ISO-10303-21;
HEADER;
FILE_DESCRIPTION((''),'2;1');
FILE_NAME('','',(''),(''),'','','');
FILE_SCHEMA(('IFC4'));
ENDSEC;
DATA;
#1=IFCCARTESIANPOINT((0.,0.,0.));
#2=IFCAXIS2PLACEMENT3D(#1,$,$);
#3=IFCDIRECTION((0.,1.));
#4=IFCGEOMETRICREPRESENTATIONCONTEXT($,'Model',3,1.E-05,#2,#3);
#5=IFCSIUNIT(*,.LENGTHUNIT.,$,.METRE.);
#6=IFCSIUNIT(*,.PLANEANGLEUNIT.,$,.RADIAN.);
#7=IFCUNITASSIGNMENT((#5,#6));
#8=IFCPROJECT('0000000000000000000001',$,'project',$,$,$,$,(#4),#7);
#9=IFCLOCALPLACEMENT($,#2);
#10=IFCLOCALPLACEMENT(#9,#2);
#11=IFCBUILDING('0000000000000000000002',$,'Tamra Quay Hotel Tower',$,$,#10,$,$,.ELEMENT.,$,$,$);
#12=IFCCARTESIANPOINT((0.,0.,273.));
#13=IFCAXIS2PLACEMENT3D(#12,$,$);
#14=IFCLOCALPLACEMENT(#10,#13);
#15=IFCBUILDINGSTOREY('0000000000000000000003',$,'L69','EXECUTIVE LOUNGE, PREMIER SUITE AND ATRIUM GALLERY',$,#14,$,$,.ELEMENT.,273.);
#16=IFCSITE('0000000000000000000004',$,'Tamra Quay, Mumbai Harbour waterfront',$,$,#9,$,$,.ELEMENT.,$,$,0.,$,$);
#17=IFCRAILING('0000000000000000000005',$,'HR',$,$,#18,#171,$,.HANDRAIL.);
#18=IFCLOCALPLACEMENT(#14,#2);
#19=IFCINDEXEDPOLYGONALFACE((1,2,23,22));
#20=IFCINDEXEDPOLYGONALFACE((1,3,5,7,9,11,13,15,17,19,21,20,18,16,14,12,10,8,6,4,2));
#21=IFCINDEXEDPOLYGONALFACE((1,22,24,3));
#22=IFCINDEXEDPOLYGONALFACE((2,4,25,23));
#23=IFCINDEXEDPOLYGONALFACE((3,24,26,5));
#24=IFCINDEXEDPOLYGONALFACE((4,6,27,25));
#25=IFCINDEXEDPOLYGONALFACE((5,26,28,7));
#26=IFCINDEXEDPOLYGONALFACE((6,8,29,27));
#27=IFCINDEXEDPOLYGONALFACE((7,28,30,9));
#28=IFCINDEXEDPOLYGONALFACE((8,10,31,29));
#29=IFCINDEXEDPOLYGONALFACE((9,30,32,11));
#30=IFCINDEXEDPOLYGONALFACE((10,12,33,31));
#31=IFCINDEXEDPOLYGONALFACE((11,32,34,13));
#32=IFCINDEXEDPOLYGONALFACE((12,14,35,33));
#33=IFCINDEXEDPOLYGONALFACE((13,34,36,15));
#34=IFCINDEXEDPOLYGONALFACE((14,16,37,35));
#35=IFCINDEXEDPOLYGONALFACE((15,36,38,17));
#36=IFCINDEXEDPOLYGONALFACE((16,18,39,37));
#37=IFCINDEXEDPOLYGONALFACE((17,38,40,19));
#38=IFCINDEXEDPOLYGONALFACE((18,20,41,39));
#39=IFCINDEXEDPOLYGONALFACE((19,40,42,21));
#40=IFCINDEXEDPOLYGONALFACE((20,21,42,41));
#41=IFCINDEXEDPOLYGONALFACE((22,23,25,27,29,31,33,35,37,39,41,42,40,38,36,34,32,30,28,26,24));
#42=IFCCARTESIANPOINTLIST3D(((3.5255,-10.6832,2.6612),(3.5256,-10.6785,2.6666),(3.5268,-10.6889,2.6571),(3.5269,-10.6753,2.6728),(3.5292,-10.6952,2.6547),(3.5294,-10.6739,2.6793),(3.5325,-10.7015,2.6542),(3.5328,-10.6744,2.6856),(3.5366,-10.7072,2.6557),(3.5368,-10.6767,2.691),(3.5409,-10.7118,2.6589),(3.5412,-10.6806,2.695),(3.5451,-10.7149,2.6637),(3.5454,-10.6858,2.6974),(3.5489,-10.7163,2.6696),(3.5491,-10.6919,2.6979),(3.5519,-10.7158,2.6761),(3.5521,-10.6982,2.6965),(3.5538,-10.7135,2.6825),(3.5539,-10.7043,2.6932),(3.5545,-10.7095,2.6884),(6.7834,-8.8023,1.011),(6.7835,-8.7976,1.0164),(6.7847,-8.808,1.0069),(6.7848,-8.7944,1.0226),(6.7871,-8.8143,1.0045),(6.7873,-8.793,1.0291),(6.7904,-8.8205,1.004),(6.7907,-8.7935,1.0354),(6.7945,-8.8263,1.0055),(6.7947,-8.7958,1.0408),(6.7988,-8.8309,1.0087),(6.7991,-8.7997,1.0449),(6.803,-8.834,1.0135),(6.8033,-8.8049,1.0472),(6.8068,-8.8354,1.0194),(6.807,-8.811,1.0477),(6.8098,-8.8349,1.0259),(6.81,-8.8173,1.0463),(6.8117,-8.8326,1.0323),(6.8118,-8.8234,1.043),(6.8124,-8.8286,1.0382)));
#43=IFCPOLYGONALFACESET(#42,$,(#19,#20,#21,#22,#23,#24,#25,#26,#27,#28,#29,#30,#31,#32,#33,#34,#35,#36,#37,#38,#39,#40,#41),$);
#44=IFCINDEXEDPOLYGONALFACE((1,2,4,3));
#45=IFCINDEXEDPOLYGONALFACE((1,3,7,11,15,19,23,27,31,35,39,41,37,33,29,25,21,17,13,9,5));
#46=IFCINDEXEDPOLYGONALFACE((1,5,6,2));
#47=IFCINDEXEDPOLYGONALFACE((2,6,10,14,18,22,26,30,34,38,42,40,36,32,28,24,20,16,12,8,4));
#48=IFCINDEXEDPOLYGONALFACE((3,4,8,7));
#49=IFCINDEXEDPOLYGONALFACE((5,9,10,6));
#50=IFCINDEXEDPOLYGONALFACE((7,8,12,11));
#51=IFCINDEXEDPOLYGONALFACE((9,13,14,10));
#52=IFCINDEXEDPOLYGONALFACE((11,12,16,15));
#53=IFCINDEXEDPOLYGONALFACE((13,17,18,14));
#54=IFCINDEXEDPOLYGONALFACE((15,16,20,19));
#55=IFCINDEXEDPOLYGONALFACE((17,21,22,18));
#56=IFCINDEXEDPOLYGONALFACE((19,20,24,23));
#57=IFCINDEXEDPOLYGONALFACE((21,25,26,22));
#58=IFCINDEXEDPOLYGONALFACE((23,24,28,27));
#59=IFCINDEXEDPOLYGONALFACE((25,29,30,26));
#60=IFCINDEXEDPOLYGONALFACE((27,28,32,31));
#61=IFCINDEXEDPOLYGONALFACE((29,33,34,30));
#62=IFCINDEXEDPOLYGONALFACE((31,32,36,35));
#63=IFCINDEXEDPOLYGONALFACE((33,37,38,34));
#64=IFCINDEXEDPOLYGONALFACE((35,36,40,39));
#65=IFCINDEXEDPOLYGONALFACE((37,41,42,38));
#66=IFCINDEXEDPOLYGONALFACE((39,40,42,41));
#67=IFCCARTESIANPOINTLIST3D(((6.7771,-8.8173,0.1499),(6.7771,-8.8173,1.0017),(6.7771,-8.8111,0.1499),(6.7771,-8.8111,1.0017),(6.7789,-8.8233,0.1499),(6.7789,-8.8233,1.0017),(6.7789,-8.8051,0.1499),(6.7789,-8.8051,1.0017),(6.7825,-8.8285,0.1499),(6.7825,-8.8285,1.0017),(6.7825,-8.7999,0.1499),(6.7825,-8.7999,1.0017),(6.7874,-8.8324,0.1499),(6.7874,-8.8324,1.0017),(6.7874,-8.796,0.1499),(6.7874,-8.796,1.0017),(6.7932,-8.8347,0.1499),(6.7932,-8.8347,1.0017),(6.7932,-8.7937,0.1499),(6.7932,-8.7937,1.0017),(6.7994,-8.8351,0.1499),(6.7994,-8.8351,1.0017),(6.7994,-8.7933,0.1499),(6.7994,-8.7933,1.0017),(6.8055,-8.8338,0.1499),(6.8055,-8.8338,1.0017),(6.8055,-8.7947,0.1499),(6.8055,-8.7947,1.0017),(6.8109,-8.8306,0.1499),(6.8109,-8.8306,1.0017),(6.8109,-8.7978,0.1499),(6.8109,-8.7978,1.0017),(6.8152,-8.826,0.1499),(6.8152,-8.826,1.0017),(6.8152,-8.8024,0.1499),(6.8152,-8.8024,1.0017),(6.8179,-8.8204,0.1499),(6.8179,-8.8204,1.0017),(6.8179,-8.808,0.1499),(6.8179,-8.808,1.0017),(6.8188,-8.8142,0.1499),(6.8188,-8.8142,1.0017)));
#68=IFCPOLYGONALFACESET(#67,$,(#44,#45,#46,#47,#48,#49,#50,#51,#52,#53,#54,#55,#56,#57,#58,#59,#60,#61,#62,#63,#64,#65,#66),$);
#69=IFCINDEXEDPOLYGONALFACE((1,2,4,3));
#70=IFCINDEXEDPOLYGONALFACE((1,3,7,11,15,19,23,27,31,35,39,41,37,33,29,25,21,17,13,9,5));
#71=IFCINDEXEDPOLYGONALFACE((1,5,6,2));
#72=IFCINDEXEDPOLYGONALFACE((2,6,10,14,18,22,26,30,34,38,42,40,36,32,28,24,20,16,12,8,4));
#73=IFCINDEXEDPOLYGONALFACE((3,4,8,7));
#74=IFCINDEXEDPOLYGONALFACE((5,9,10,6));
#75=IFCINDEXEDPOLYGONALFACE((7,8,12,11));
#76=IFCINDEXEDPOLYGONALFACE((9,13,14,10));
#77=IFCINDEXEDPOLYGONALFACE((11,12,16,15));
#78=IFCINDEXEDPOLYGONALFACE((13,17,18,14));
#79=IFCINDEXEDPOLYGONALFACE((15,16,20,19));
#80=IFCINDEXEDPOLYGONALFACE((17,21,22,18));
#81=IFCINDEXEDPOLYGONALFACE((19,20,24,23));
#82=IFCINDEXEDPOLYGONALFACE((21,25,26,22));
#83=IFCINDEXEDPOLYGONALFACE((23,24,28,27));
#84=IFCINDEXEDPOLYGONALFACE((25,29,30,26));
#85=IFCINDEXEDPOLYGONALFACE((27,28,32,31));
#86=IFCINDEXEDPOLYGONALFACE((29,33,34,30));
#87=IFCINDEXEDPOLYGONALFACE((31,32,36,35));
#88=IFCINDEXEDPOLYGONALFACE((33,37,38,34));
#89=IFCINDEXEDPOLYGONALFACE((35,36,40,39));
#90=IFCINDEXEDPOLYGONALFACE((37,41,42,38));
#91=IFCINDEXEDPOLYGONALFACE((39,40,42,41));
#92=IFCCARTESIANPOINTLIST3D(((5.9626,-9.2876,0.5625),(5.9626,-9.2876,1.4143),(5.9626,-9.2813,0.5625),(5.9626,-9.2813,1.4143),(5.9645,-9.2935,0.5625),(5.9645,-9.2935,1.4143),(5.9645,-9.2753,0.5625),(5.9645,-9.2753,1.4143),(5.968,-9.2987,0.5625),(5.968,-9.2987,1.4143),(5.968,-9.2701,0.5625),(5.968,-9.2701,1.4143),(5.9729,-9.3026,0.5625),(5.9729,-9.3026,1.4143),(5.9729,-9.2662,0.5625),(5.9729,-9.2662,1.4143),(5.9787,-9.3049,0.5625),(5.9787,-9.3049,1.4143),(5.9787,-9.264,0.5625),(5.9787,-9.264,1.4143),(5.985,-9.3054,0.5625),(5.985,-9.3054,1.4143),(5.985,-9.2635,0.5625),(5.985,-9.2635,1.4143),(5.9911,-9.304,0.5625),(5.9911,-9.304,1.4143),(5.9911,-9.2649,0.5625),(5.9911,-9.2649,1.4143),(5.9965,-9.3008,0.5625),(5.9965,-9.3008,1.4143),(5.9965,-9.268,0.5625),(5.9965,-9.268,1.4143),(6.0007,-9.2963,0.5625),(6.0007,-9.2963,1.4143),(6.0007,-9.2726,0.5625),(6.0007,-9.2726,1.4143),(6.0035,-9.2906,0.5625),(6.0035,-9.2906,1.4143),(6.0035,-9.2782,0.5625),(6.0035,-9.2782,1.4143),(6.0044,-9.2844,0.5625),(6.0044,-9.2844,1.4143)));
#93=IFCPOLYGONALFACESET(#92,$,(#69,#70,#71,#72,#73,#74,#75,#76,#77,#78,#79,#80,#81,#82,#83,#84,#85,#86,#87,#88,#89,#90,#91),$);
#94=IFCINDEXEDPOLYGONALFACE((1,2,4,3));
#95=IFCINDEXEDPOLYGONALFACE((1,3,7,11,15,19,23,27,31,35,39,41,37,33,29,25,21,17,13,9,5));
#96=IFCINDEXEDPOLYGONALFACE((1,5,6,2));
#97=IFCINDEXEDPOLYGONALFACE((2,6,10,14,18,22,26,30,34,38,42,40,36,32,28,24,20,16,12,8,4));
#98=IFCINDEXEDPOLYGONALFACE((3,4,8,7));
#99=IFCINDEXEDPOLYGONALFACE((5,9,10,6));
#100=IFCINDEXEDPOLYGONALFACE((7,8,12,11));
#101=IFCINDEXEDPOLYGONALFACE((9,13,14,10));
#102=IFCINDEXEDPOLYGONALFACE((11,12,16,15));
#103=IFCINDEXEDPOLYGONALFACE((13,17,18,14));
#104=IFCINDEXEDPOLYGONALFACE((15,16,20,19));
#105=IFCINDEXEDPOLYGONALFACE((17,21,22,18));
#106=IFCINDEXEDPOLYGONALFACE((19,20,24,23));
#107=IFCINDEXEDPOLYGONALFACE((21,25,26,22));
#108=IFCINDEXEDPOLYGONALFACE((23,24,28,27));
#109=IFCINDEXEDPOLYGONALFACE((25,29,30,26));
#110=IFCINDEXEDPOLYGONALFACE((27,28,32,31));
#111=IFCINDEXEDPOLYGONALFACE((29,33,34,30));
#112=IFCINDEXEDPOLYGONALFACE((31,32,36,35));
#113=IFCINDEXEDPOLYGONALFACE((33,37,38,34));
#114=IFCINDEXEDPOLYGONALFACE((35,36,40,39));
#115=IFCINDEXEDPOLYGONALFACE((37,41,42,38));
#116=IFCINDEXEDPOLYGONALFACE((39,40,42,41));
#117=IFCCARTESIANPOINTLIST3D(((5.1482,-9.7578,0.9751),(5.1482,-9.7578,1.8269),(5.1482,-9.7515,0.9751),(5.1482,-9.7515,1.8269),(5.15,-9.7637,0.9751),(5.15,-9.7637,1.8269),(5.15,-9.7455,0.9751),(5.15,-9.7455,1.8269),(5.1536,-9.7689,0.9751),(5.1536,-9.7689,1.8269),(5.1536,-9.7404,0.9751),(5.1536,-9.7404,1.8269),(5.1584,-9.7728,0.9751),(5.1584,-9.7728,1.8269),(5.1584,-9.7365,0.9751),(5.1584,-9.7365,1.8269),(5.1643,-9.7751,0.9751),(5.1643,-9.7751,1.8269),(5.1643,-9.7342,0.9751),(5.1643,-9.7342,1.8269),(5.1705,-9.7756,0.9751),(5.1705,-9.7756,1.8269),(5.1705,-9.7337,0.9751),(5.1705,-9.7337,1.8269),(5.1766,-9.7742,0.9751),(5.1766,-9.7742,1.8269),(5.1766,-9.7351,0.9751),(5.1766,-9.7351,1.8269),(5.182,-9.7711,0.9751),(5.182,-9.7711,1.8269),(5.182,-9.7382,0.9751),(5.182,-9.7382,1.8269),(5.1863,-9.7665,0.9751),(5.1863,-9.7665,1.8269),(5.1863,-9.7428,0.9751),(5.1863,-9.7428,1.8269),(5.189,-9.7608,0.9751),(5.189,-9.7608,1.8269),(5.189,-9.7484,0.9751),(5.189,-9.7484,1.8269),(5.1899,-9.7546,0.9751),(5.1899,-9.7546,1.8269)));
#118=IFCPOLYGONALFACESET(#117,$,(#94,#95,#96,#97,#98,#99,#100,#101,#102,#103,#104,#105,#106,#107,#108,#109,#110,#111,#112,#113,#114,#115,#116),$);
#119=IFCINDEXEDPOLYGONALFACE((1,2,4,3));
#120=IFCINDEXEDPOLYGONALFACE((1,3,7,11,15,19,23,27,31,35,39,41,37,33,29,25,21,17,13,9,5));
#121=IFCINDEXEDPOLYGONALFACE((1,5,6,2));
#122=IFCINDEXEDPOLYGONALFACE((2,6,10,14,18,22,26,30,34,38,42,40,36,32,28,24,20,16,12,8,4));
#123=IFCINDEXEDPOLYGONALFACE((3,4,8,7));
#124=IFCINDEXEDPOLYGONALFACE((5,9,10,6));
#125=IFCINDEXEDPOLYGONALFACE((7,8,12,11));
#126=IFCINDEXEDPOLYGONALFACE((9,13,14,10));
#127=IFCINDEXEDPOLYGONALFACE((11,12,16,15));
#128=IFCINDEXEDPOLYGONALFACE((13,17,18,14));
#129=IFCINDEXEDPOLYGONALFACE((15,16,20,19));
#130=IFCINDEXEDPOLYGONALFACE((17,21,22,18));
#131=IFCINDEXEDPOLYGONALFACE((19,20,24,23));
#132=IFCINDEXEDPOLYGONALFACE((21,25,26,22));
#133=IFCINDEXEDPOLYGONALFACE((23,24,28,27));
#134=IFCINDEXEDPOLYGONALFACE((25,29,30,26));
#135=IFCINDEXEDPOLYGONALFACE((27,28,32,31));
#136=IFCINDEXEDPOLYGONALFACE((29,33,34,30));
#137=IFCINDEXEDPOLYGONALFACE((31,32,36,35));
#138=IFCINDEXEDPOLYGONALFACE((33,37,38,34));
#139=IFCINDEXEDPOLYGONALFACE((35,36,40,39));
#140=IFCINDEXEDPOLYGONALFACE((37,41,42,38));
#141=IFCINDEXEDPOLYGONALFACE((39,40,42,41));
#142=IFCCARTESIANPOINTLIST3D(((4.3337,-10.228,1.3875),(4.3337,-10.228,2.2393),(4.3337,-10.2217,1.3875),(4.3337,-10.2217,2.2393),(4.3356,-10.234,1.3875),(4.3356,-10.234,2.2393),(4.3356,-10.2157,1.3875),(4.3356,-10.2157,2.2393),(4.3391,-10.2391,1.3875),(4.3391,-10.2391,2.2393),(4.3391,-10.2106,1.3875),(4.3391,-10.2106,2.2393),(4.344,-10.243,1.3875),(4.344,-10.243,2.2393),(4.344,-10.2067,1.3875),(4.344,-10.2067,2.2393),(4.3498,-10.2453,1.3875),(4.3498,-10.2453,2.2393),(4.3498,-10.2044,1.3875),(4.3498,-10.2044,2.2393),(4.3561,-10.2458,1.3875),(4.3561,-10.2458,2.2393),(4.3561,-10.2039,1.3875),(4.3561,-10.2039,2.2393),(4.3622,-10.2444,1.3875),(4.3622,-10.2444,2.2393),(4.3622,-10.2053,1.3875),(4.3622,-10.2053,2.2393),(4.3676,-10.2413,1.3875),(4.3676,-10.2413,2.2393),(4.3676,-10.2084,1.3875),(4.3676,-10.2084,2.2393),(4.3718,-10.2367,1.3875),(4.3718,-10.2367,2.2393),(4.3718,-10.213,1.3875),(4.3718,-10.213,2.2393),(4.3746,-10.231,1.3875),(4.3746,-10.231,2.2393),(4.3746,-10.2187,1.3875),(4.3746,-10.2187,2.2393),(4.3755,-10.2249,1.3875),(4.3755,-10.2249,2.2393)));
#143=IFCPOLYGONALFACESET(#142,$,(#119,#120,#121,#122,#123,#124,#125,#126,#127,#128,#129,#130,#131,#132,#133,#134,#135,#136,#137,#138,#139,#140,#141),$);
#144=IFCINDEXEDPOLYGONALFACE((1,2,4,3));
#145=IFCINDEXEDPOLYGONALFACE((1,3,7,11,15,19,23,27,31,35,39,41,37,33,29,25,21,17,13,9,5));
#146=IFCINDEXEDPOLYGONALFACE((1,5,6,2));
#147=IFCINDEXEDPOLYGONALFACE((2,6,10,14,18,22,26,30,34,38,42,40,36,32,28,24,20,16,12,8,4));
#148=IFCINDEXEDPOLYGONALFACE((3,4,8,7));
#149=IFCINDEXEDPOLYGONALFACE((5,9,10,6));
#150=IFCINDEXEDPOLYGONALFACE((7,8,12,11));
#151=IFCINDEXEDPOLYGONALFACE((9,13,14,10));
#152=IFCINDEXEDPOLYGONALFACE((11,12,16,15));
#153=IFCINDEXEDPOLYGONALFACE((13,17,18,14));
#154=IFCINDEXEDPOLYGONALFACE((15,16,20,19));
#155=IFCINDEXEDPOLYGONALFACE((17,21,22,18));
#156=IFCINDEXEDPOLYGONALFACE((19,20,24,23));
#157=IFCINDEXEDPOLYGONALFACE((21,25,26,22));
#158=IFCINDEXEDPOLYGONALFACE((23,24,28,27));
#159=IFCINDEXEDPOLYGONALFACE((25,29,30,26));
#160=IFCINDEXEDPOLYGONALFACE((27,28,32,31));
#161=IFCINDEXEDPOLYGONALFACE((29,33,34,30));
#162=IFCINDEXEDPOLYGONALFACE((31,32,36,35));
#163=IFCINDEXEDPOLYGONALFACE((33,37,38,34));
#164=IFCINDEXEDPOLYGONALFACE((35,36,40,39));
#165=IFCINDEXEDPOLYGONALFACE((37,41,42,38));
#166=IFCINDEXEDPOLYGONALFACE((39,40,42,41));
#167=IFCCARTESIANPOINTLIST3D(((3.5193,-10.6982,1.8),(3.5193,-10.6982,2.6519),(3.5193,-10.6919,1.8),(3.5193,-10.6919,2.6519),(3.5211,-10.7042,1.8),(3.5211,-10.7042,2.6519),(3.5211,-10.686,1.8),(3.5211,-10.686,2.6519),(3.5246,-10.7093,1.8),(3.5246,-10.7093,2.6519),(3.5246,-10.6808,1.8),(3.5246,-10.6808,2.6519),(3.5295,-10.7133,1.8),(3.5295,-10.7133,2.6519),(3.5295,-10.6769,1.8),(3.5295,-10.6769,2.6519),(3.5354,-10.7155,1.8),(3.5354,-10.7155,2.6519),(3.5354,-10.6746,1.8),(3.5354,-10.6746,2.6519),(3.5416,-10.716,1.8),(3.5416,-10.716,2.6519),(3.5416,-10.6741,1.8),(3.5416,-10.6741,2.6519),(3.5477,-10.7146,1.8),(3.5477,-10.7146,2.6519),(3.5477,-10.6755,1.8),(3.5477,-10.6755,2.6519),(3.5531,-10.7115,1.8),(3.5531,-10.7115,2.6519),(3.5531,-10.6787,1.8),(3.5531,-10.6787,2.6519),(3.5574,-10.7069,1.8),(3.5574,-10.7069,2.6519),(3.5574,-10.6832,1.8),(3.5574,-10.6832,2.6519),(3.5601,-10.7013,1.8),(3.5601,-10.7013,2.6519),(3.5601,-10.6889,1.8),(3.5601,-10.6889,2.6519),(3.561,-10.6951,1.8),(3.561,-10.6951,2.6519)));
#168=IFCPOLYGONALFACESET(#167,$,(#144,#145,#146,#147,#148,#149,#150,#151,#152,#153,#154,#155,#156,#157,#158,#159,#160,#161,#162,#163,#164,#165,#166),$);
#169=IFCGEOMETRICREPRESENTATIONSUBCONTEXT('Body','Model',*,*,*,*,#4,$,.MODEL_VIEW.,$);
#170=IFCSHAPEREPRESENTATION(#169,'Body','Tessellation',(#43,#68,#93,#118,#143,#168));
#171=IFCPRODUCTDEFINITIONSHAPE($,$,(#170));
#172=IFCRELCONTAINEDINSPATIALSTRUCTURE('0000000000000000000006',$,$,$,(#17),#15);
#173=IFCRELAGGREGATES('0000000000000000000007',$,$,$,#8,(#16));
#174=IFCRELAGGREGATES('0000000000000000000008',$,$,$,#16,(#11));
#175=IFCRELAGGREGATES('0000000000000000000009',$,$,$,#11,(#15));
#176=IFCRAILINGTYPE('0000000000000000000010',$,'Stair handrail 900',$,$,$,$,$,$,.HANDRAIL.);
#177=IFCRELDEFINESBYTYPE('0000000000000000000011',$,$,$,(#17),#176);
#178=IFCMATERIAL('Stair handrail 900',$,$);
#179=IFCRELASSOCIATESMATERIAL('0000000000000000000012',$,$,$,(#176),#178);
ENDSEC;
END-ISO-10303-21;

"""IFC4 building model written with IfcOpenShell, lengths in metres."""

from ifc_helpers import new_model, si_unit, direction, frame, origin, origin_2d, place, context, subcontext, project, spatial, circle, extrude, material, type_object, element, save


model = new_model("IFC4")

# Units and contexts
model_context = context("Model", 3, precision=1e-05, world=origin(), true_north=direction((0.0, 1.0)))
body_context = subcontext(model_context, "Body", "Model", "MODEL_VIEW")
ifc_project = project(units=[si_unit("LENGTHUNIT", "METRE"), si_unit("PLANEANGLEUNIT", "RADIAN")], contexts=[model_context])

# Site, building, storey
site_placement = place(None, origin())
site = spatial("IfcSite", under=ifc_project, at=site_placement, Name="Tamra Quay, Mumbai Harbour waterfront", CompositionType="ELEMENT", RefElevation=0.0)
building_placement = place(site_placement, origin())
building = spatial("IfcBuilding", under=site, at=building_placement, Name="Tamra Quay Hotel Tower", CompositionType="ELEMENT")
storey_placement = place(building_placement, frame((0.0, 0.0, 273.0)))
storey = spatial("IfcBuildingStorey", under=building, at=storey_placement, Name="L69", Description="EXECUTIVE LOUNGE, PREMIER SUITE AND ATRIUM GALLERY", CompositionType="ELEMENT", Elevation=273.0)

# Railing
ifc_material_1 = material(Name="Stair handrail 900")
railing_type_1 = type_object("IfcRailingType", Name="Stair handrail 900", PredefinedType="HANDRAIL", material=ifc_material_1)
railing_1_placement = place(storey_placement, frame((6.7979, -8.8142, 0.1499)))
element("IfcRailing", 1, at=railing_1_placement, inside=storey, type_object=railing_type_1, Name="HR", PredefinedType="HANDRAIL", context=body_context, shape_type="SweptSolid", body=[
    extrude(circle(Radius=0.0239, at=origin_2d()), frame((0.0, 0.0, 0.876), z_axis=(-0.793081, -0.457876, 0.401711), x_axis=(0.499992, -0.86603, 0.0)), (0.0, 0.0, 1.0), 4.1079),
    extrude(circle(Radius=0.021, at=origin_2d()), origin(), (0.0, 0.0, 1.0), 0.8518),
    extrude(circle(Radius=0.021, at=origin_2d()), frame((-0.8145, -0.4702, 0.4126)), (0.0, 0.0, 1.0), 0.8518),
    extrude(circle(Radius=0.021, at=origin_2d()), frame((-1.6289, -0.9404, 0.8252)), (0.0, 0.0, 1.0), 0.8518),
    extrude(circle(Radius=0.021, at=origin_2d()), frame((-2.4434, -1.4106, 1.2375)), (0.0, 0.0, 1.0), 0.8518),
    extrude(circle(Radius=0.021, at=origin_2d()), frame((-3.2578, -1.8809, 1.6501)), (0.0, 0.0, 1.0), 0.8518),
])

save(model, "model.ifc")
